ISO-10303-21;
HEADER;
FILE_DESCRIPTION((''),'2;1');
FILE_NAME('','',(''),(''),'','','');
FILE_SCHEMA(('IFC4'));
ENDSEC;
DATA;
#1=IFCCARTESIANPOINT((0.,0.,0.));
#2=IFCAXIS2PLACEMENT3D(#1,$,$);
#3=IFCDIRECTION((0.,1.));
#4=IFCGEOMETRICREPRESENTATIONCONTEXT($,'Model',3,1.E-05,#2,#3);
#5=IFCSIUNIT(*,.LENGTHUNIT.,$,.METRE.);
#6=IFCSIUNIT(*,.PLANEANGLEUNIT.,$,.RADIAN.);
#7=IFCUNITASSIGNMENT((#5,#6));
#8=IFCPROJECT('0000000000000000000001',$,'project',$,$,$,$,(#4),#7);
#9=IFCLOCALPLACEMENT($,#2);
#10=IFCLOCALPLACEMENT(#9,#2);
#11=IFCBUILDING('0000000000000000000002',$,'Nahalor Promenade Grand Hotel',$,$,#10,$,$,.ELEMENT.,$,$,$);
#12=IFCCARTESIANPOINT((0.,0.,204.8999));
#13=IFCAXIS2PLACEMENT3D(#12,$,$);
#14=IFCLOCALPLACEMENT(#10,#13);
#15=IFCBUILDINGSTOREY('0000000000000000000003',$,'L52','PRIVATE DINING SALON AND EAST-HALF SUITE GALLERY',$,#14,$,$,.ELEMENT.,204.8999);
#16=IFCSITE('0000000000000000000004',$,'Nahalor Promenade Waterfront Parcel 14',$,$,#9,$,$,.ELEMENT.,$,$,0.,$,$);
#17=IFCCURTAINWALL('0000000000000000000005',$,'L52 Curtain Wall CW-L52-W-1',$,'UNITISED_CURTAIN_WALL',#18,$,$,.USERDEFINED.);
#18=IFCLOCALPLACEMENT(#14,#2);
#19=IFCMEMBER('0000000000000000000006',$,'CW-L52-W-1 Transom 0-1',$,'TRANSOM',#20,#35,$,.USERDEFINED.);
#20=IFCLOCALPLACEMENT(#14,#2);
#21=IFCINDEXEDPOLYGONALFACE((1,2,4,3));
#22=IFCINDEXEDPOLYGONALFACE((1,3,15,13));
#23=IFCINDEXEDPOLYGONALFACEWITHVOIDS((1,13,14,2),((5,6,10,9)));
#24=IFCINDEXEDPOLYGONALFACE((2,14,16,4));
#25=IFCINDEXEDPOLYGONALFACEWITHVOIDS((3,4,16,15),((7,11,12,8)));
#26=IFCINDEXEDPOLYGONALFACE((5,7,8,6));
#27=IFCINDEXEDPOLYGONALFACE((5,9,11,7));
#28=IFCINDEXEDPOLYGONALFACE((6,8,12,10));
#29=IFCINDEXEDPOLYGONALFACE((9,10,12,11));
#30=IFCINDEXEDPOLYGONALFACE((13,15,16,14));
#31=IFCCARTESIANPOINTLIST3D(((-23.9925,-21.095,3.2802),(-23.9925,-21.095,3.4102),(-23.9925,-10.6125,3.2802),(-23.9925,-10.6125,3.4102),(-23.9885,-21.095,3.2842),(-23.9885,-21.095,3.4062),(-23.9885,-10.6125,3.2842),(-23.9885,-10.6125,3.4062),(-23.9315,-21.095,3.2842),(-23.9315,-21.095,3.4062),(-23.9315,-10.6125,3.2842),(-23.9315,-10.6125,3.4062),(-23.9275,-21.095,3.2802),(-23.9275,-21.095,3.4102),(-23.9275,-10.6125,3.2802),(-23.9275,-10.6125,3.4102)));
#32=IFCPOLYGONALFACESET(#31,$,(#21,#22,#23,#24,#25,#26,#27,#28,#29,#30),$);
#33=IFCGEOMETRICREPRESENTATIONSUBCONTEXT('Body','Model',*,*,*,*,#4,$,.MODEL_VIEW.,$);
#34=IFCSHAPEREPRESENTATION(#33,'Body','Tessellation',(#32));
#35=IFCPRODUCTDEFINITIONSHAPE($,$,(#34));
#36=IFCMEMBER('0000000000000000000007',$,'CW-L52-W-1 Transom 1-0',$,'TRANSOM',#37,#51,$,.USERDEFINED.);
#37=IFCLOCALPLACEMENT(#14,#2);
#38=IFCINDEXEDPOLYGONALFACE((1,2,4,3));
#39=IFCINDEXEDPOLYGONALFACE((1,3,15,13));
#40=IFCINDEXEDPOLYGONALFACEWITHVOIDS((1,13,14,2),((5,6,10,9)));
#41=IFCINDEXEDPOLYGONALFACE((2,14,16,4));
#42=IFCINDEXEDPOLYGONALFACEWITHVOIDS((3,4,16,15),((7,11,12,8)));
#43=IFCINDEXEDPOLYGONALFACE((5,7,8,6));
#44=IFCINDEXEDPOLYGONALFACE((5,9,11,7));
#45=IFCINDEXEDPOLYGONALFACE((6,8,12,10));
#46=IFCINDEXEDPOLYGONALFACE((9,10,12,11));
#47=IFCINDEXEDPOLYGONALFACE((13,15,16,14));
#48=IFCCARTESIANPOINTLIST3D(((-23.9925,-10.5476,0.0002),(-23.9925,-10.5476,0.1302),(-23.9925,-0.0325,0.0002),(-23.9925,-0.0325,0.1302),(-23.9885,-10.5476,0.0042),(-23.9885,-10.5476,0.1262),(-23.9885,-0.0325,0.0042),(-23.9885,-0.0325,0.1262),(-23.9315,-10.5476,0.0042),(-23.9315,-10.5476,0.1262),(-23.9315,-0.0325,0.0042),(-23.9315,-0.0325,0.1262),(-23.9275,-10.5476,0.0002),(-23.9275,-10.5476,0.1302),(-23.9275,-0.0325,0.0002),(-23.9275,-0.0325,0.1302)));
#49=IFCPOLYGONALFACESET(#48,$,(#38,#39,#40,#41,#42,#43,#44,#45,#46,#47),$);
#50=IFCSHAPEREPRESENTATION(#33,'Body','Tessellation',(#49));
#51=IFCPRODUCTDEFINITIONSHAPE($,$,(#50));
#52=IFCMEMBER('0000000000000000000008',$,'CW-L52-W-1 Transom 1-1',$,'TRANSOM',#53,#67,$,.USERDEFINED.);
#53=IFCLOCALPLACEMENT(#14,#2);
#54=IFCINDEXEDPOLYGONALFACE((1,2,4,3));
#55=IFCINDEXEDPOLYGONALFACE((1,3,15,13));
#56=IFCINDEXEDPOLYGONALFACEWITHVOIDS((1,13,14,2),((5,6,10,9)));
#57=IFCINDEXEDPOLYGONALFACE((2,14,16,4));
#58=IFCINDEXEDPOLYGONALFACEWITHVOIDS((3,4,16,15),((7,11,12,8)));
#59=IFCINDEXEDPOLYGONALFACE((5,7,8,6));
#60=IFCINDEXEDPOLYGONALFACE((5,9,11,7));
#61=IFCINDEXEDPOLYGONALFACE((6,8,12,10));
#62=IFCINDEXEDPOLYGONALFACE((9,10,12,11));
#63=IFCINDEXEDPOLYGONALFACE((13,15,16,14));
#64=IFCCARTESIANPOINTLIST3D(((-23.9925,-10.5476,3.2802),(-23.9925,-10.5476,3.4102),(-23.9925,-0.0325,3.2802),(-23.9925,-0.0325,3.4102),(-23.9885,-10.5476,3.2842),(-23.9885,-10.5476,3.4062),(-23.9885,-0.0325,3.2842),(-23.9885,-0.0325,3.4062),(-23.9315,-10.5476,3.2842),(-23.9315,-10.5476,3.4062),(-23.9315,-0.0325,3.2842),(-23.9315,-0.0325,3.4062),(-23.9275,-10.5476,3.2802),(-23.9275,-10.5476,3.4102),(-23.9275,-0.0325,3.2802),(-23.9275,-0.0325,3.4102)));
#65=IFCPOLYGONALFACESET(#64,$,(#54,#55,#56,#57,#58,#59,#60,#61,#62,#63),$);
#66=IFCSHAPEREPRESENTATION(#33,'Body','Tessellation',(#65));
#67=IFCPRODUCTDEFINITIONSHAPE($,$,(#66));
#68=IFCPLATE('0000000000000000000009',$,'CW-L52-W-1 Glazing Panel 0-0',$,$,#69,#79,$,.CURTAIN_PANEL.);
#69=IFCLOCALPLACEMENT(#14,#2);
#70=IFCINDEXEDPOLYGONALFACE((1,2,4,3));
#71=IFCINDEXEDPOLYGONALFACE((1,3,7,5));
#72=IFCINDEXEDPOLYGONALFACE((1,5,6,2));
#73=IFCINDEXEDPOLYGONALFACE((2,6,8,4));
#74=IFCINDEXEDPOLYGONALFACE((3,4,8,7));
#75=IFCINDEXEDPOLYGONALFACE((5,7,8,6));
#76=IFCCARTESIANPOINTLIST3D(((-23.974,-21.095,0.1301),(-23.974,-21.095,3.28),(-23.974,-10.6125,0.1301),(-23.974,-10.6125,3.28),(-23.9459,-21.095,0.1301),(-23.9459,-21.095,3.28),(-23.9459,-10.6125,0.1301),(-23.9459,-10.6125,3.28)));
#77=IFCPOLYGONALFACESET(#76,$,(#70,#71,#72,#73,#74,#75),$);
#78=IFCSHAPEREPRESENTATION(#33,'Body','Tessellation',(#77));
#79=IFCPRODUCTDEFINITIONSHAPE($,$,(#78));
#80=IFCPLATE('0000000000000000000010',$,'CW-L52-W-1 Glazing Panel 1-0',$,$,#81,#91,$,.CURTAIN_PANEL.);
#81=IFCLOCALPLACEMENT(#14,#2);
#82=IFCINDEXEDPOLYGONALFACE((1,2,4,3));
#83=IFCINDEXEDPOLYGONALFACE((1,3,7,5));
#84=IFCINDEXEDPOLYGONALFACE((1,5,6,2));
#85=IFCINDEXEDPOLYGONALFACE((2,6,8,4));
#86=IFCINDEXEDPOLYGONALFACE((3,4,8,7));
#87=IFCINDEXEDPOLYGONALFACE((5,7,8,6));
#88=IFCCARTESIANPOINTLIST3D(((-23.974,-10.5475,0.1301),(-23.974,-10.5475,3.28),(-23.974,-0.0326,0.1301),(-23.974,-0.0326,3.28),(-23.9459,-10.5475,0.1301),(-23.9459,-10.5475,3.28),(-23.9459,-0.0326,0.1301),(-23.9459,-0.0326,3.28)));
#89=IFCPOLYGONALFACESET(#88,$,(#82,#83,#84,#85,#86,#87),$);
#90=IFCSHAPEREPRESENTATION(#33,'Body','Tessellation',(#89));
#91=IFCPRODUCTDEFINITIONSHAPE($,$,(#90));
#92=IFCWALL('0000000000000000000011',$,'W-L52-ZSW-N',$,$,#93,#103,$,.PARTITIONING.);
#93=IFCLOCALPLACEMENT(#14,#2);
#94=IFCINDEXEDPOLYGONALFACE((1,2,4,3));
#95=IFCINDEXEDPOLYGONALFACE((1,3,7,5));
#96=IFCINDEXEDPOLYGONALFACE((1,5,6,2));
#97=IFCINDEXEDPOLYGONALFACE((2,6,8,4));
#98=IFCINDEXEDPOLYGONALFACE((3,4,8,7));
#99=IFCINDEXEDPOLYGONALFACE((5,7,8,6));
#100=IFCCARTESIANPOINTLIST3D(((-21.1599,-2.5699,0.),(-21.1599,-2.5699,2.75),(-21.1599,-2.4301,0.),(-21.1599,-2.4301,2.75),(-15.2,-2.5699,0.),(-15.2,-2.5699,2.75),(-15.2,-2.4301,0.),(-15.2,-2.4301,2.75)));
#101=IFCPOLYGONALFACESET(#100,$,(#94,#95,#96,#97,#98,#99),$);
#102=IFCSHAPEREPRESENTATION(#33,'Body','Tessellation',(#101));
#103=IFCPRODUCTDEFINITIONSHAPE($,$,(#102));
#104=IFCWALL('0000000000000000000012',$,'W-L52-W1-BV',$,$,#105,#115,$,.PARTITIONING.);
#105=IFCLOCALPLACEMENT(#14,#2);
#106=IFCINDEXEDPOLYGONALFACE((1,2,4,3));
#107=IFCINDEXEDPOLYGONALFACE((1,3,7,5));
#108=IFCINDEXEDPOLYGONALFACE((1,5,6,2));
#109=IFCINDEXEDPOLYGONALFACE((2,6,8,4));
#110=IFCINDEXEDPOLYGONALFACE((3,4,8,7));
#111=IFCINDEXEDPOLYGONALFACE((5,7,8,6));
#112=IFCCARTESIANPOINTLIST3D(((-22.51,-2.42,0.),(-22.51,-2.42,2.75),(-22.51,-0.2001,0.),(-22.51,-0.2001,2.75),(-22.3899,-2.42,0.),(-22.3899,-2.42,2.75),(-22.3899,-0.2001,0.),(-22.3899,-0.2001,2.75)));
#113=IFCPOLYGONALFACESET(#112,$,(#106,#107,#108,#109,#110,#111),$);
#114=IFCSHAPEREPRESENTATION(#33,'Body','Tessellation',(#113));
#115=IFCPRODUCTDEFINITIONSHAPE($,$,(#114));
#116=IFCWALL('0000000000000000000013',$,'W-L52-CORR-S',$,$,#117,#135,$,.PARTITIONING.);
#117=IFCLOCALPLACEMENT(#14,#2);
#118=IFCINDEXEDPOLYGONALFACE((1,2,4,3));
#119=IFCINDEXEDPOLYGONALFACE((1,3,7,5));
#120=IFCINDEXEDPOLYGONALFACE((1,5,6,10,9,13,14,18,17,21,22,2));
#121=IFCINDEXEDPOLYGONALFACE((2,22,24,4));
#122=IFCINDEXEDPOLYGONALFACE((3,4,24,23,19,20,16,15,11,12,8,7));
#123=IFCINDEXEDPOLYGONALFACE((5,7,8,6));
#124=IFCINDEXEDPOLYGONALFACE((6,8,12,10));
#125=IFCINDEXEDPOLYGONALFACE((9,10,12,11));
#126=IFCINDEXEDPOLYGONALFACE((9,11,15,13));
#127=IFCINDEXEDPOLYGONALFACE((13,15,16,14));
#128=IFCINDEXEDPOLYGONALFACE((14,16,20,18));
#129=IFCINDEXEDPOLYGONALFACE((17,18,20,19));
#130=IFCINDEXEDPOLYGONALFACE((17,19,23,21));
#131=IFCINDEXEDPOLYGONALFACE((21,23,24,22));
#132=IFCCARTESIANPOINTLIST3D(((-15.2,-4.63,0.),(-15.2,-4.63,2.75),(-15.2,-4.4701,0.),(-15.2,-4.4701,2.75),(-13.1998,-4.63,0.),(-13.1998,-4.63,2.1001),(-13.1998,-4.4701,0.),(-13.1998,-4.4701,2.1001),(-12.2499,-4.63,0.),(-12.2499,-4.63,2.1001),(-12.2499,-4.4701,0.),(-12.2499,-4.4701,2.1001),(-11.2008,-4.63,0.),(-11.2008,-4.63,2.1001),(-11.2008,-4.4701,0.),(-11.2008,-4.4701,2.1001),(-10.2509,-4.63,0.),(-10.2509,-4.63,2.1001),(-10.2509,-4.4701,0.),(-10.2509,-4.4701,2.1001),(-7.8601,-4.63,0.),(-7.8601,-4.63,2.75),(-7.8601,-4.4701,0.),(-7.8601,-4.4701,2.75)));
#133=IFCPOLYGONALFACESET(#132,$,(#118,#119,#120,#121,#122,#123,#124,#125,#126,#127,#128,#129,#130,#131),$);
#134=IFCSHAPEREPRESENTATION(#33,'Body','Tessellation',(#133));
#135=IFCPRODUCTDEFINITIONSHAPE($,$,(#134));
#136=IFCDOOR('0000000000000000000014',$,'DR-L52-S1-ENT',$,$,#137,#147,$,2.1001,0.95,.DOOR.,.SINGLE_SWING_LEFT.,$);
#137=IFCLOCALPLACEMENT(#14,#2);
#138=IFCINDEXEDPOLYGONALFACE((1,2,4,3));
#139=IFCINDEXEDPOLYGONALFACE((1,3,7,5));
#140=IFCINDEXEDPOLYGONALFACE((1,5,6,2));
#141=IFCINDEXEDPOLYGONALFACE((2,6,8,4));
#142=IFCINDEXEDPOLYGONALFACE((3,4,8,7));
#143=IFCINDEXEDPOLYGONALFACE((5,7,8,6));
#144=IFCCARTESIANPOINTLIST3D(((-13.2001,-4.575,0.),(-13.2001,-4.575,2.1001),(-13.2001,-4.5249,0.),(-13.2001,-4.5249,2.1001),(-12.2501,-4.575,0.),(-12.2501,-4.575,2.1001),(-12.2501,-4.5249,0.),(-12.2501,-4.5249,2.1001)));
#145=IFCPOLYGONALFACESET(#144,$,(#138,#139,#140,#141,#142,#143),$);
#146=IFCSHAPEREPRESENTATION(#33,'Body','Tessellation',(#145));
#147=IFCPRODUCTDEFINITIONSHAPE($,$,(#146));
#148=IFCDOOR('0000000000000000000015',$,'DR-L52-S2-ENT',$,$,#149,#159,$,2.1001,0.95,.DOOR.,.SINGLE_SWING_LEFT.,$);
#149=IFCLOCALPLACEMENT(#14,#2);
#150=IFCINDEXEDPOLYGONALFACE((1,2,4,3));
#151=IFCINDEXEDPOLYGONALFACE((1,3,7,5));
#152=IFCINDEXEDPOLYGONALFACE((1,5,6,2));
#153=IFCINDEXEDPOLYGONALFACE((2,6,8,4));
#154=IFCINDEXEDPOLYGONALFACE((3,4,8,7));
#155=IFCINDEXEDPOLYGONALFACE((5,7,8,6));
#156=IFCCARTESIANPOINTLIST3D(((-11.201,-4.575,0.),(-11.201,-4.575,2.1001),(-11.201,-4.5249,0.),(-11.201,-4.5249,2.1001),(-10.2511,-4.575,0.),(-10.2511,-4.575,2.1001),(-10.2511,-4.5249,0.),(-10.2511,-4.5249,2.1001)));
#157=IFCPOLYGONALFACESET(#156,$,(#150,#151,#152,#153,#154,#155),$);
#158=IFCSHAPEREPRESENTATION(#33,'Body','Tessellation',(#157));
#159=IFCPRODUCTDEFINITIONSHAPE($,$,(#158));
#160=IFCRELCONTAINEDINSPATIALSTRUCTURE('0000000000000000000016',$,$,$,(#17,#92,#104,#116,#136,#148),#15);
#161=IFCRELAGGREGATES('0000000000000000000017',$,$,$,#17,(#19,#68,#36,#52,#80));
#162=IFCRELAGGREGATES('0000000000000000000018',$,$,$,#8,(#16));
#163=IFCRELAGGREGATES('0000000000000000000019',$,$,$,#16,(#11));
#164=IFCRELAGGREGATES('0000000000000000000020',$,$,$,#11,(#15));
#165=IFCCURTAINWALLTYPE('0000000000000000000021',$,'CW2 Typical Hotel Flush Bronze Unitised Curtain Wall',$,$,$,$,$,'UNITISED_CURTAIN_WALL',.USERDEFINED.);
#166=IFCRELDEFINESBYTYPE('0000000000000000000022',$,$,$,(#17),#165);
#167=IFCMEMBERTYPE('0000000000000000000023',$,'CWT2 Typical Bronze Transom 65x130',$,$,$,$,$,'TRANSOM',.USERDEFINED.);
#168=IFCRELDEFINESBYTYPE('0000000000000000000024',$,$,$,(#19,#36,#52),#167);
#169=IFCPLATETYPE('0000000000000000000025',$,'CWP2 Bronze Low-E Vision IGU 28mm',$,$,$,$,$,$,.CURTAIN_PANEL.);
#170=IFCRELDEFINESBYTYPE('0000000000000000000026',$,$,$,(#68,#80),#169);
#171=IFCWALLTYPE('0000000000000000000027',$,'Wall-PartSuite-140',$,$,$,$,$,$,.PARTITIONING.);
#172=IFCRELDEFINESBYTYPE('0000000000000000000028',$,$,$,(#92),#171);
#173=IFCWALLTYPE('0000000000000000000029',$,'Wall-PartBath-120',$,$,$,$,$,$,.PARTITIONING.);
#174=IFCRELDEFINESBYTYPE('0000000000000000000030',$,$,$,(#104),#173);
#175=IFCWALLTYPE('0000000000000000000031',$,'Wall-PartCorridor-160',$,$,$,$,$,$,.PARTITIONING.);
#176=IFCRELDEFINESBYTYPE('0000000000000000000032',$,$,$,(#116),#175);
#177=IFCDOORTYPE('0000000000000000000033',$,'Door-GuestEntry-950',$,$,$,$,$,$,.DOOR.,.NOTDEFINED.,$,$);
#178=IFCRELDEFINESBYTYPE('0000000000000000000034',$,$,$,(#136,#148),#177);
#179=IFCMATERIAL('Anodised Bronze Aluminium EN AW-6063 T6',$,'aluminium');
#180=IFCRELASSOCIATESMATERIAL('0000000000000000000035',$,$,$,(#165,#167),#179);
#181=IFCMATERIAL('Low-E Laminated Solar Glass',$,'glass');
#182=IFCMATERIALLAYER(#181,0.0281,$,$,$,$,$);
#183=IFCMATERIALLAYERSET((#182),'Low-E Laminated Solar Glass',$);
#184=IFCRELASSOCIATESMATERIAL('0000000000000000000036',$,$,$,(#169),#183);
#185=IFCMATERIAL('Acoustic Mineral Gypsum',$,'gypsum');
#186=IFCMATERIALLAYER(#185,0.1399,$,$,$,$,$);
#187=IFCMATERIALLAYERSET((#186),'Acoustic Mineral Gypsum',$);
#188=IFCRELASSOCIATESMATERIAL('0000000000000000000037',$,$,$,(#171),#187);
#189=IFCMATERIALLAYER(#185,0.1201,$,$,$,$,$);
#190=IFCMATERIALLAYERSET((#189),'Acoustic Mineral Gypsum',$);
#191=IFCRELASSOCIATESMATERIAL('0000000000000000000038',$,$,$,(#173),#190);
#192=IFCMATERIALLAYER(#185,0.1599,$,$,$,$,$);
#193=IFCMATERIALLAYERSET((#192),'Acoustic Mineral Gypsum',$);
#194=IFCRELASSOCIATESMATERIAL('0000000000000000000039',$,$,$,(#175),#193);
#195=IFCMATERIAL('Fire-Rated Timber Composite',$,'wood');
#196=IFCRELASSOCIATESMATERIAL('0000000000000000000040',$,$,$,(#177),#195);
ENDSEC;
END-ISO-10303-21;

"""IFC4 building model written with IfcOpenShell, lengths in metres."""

from ifc_helpers import new_model, si_unit, direction, frame, frame_2d, origin, origin_2d, place, context, subcontext, project, spatial, rectangle, hollow_rectangle, extrude, source, transform, mapped, material, layer, layer_set, material_profile, profile_set, type_object, element, fill, aggregate, save


model = new_model("IFC4")

# Units and contexts
model_context = context("Model", 3, precision=1e-05, world=origin(), true_north=direction((0.0, 1.0)))
body_context = subcontext(model_context, "Body", "Model", "MODEL_VIEW")
ifc_project = project(units=[si_unit("LENGTHUNIT", "METRE"), si_unit("PLANEANGLEUNIT", "RADIAN")], contexts=[model_context])

# Site, building, storey
site_placement = place(None, origin())
site = spatial("IfcSite", under=ifc_project, at=site_placement, Name="Nahalor Promenade Waterfront Parcel 14", CompositionType="ELEMENT", RefElevation=0.0)
building_placement = place(site_placement, origin())
building = spatial("IfcBuilding", under=site, at=building_placement, Name="Nahalor Promenade Grand Hotel", CompositionType="ELEMENT")
storey_placement = place(building_placement, frame((0.0, 0.0, 204.8999)))
storey = spatial("IfcBuildingStorey", under=building, at=storey_placement, Name="L52", Description="PRIVATE DINING SALON AND EAST-HALF SUITE GALLERY", CompositionType="ELEMENT", Elevation=204.8999)

# Curtain wall, members, plates
ifc_material_1 = material(Name="Anodised Bronze Aluminium EN AW-6063 T6", Category="aluminium")
curtain_wall_type = type_object("IfcCurtainWallType", Name="CW2 Typical Hotel Flush Bronze Unitised Curtain Wall", ElementType="UNITISED_CURTAIN_WALL", PredefinedType="USERDEFINED", material=ifc_material_1)
curtain_wall_placement = place(storey_placement, origin())
curtain_wall = element("IfcCurtainWall", 1, at=curtain_wall_placement, inside=storey, type_object=curtain_wall_type, Name="L52 Curtain Wall CW-L52-W-1", ObjectType="UNITISED_CURTAIN_WALL", PredefinedType="USERDEFINED")
ifc_material_profile_1 = material_profile(ifc_material_1, hollow_rectangle(XDim=0.065, YDim=0.13, WallThickness=0.004, at=origin_2d()), Name="CWT 65x130x4")
ifc_profile_set_1 = profile_set([ifc_material_profile_1], Name="Anodised Bronze Aluminium EN AW-6063 T6")
member_type_1 = type_object("IfcMemberType", Name="CWT2 Typical Bronze Transom 65x130", ElementType="TRANSOM", PredefinedType="USERDEFINED", material=ifc_profile_set_1)
shared_shape_1 = source(origin(), body_context, "Body", "SweptSolid", [
    extrude(hollow_rectangle(XDim=0.065, YDim=0.13, WallThickness=0.004, at=origin_2d()), origin(), (0.0, 0.0, 1.0), 10.4824),
])
member_1_placement = place(storey_placement, frame((-23.96, -21.095, 3.3452), z_axis=(0.0, 1.0, 0.0), x_axis=(-1.0, 0.0, 0.0)))
member_1 = element("IfcMember", 2, at=member_1_placement, type_object=member_type_1, Name="CW-L52-W-1 Transom 0-1", ObjectType="TRANSOM", PredefinedType="USERDEFINED", context=body_context, shape_type="MappedRepresentation", body=[
    mapped(shared_shape_1, transform((0.0, 0.0, 0.0), scale=1.0)),
])
shared_shape_2 = source(origin(), body_context, "Body", "SweptSolid", [
    extrude(hollow_rectangle(XDim=0.065, YDim=0.13, WallThickness=0.004, at=origin_2d()), origin(), (0.0, 0.0, 1.0), 10.5151),
])
member_2_placement = place(storey_placement, frame((-23.96, -10.5476, 0.0652), z_axis=(0.0, 1.0, 0.0), x_axis=(-1.0, 0.0, 0.0)))
member_2 = element("IfcMember", 3, at=member_2_placement, type_object=member_type_1, Name="CW-L52-W-1 Transom 1-0", ObjectType="TRANSOM", PredefinedType="USERDEFINED", context=body_context, shape_type="MappedRepresentation", body=[
    mapped(shared_shape_2, transform((0.0, 0.0, 0.0), scale=1.0)),
])
member_3_placement = place(storey_placement, frame((-23.96, -10.5476, 3.3452), z_axis=(0.0, 1.0, 0.0), x_axis=(-1.0, 0.0, 0.0)))
member_3 = element("IfcMember", 4, at=member_3_placement, type_object=member_type_1, Name="CW-L52-W-1 Transom 1-1", ObjectType="TRANSOM", PredefinedType="USERDEFINED", context=body_context, shape_type="MappedRepresentation", body=[
    mapped(shared_shape_2, transform((0.0, 0.0, 0.0), scale=1.0)),
])
ifc_material_2 = material(Name="Low-E Laminated Solar Glass", Category="glass")
ifc_layer_1 = layer(ifc_material_2, 0.0281)
ifc_layer_set_1 = layer_set([ifc_layer_1], Name="Low-E Laminated Solar Glass")
plate_type = type_object("IfcPlateType", Name="CWP2 Bronze Low-E Vision IGU 28mm", PredefinedType="CURTAIN_PANEL", material=ifc_layer_set_1)
shared_shape_3 = source(origin(), body_context, "Body", "SweptSolid", [
    extrude(rectangle(XDim=10.4824, YDim=0.0281, at=origin_2d()), origin(), (0.0, 0.0, 1.0), 3.1499),
])
plate_1_placement = place(storey_placement, frame((-23.96, -15.8538, 0.1301), z_axis=(0.0, 0.0, 1.0), x_axis=(0.0, 1.0, 0.0)))
plate_1 = element("IfcPlate", 5, at=plate_1_placement, type_object=plate_type, Name="CW-L52-W-1 Glazing Panel 0-0", PredefinedType="CURTAIN_PANEL", context=body_context, shape_type="MappedRepresentation", body=[
    mapped(shared_shape_3, transform((0.0, 0.0, 0.0), scale=1.0)),
])
shared_shape_4 = source(origin(), body_context, "Body", "SweptSolid", [
    extrude(rectangle(XDim=10.5149, YDim=0.0281, at=origin_2d()), origin(), (0.0, 0.0, 1.0), 3.1499),
])
plate_2_placement = place(storey_placement, frame((-23.96, -5.29, 0.1301), z_axis=(0.0, 0.0, 1.0), x_axis=(0.0, 1.0, 0.0)))
plate_2 = element("IfcPlate", 6, at=plate_2_placement, type_object=plate_type, Name="CW-L52-W-1 Glazing Panel 1-0", PredefinedType="CURTAIN_PANEL", context=body_context, shape_type="MappedRepresentation", body=[
    mapped(shared_shape_4, transform((0.0, 0.0, 0.0), scale=1.0)),
])
aggregate(curtain_wall, [member_1, plate_1, member_2, member_3, plate_2])

# Walls
ifc_material_3 = material(Name="Acoustic Mineral Gypsum", Category="gypsum")
ifc_layer_2 = layer(ifc_material_3, 0.1399)
ifc_layer_set_2 = layer_set([ifc_layer_2], Name="Acoustic Mineral Gypsum")
wall_type_1 = type_object("IfcWallType", Name="Wall-PartSuite-140", PredefinedType="PARTITIONING", material=ifc_layer_set_2)
shared_shape_5 = source(origin(), body_context, "Body", "SweptSolid", [
    extrude(rectangle(XDim=5.96, YDim=0.1399, at=frame_2d((2.98, 0.0))), origin(), (0.0, 0.0, 1.0), 2.75),
])
wall_1_placement = place(storey_placement, frame((-21.1599, -2.5, 0.0), z_axis=(0.0, 0.0, 1.0), x_axis=(1.0, 0.0, 0.0)))
element("IfcWall", 7, at=wall_1_placement, inside=storey, type_object=wall_type_1, Name="W-L52-ZSW-N", PredefinedType="PARTITIONING", context=body_context, shape_type="MappedRepresentation", body=[
    mapped(shared_shape_5, transform((0.0, 0.0, 0.0), scale=1.0)),
])
ifc_layer_3 = layer(ifc_material_3, 0.1201)
ifc_layer_set_3 = layer_set([ifc_layer_3], Name="Acoustic Mineral Gypsum")
wall_type_2 = type_object("IfcWallType", Name="Wall-PartBath-120", PredefinedType="PARTITIONING", material=ifc_layer_set_3)
shared_shape_6 = source(origin(), body_context, "Body", "SweptSolid", [
    extrude(rectangle(XDim=2.22, YDim=0.1201, at=frame_2d((1.1099, 0.0))), origin(), (0.0, 0.0, 1.0), 2.75),
])
wall_2_placement = place(storey_placement, frame((-22.45, -2.4199, 0.0), z_axis=(0.0, 0.0, 1.0), x_axis=(0.0, 1.0, 0.0)))
element("IfcWall", 8, at=wall_2_placement, inside=storey, type_object=wall_type_2, Name="W-L52-W1-BV", PredefinedType="PARTITIONING", context=body_context, shape_type="MappedRepresentation", body=[
    mapped(shared_shape_6, transform((0.0, 0.0, 0.0), scale=1.0)),
])

# Wall, openings, doors
ifc_layer_4 = layer(ifc_material_3, 0.1599)
ifc_layer_set_4 = layer_set([ifc_layer_4], Name="Acoustic Mineral Gypsum")
wall_type_3 = type_object("IfcWallType", Name="Wall-PartCorridor-160", PredefinedType="PARTITIONING", material=ifc_layer_set_4)
shared_shape_7 = source(origin(), body_context, "Body", "SweptSolid", [
    extrude(rectangle(XDim=7.3398, YDim=0.1599, at=frame_2d((3.6699, 0.0))), origin(), (0.0, 0.0, 1.0), 2.75),
])
wall_3_placement = place(storey_placement, frame((-15.2, -4.55, 0.0), z_axis=(0.0, 0.0, 1.0), x_axis=(1.0, 0.0, 0.0)))
wall_3 = element("IfcWall", 9, at=wall_3_placement, inside=storey, type_object=wall_type_3, Name="W-L52-CORR-S", PredefinedType="PARTITIONING", context=body_context, shape_type="MappedRepresentation", body=[
    mapped(shared_shape_7, transform((0.0, 0.0, 0.0), scale=1.0)),
])
opening_1_placement = place(wall_3_placement, frame((2.0, 0.0, 0.0)))
opening_1 = element("IfcOpeningElement", 10, at=opening_1_placement, cuts=wall_3, PredefinedType="OPENING", context=body_context, shape_type="SweptSolid", body=[
    extrude(rectangle(XDim=0.95, YDim=2.1001, at=frame_2d((0.4751, 1.05))), frame((0.0, 0.0898, 0.0), z_axis=(0.0, -1.0, 0.0), x_axis=(1.0, 0.0, 0.0)), (0.0, 0.0, 1.0), 0.1799),
])
opening_2_placement = place(wall_3_placement, frame((3.999, 0.0, 0.0)))
opening_2 = element("IfcOpeningElement", 11, at=opening_2_placement, cuts=wall_3, PredefinedType="OPENING", context=body_context, shape_type="SweptSolid", body=[
    extrude(rectangle(XDim=0.95, YDim=2.1001, at=frame_2d((0.4751, 1.05))), frame((0.0, 0.0898, 0.0), z_axis=(0.0, -1.0, 0.0), x_axis=(1.0, 0.0, 0.0)), (0.0, 0.0, 1.0), 0.1799),
])
ifc_material_4 = material(Name="Fire-Rated Timber Composite", Category="wood")
door_type = type_object("IfcDoorType", Name="Door-GuestEntry-950", OperationType="NOTDEFINED", PredefinedType="DOOR", material=ifc_material_4)
shared_shape_8 = source(origin(), body_context, "Body", "SweptSolid", [
    extrude(rectangle(XDim=0.95, YDim=2.1001, at=frame_2d((0.4751, 1.05))), frame((0.0, 0.0249, 0.0), z_axis=(0.0, -1.0, 0.0), x_axis=(1.0, 0.0, 0.0)), (0.0, 0.0, 1.0), 0.05),
])
door_1_placement = place(opening_1_placement, frame((0.95, 0.0, 0.0), z_axis=(0.0, 0.0, 1.0), x_axis=(-1.0, 0.0, 0.0)))
door_1 = element("IfcDoor", 12, at=door_1_placement, inside=storey, type_object=door_type, Name="DR-L52-S1-ENT", OperationType="SINGLE_SWING_LEFT", OverallHeight=2.1001, OverallWidth=0.95, PredefinedType="DOOR", context=body_context, shape_type="MappedRepresentation", body=[
    mapped(shared_shape_8, transform((0.0, 0.0, 0.0), scale=1.0)),
])
fill(opening_1, door_1)
door_2_placement = place(opening_2_placement, frame((0.95, 0.0, 0.0), z_axis=(0.0, 0.0, 1.0), x_axis=(-1.0, 0.0, 0.0)))
door_2 = element("IfcDoor", 13, at=door_2_placement, inside=storey, type_object=door_type, Name="DR-L52-S2-ENT", OperationType="SINGLE_SWING_LEFT", OverallHeight=2.1001, OverallWidth=0.95, PredefinedType="DOOR", context=body_context, shape_type="MappedRepresentation", body=[
    mapped(shared_shape_8, transform((0.0, 0.0, 0.0), scale=1.0)),
])
fill(opening_2, door_2)

save(model, "model.ifc")
